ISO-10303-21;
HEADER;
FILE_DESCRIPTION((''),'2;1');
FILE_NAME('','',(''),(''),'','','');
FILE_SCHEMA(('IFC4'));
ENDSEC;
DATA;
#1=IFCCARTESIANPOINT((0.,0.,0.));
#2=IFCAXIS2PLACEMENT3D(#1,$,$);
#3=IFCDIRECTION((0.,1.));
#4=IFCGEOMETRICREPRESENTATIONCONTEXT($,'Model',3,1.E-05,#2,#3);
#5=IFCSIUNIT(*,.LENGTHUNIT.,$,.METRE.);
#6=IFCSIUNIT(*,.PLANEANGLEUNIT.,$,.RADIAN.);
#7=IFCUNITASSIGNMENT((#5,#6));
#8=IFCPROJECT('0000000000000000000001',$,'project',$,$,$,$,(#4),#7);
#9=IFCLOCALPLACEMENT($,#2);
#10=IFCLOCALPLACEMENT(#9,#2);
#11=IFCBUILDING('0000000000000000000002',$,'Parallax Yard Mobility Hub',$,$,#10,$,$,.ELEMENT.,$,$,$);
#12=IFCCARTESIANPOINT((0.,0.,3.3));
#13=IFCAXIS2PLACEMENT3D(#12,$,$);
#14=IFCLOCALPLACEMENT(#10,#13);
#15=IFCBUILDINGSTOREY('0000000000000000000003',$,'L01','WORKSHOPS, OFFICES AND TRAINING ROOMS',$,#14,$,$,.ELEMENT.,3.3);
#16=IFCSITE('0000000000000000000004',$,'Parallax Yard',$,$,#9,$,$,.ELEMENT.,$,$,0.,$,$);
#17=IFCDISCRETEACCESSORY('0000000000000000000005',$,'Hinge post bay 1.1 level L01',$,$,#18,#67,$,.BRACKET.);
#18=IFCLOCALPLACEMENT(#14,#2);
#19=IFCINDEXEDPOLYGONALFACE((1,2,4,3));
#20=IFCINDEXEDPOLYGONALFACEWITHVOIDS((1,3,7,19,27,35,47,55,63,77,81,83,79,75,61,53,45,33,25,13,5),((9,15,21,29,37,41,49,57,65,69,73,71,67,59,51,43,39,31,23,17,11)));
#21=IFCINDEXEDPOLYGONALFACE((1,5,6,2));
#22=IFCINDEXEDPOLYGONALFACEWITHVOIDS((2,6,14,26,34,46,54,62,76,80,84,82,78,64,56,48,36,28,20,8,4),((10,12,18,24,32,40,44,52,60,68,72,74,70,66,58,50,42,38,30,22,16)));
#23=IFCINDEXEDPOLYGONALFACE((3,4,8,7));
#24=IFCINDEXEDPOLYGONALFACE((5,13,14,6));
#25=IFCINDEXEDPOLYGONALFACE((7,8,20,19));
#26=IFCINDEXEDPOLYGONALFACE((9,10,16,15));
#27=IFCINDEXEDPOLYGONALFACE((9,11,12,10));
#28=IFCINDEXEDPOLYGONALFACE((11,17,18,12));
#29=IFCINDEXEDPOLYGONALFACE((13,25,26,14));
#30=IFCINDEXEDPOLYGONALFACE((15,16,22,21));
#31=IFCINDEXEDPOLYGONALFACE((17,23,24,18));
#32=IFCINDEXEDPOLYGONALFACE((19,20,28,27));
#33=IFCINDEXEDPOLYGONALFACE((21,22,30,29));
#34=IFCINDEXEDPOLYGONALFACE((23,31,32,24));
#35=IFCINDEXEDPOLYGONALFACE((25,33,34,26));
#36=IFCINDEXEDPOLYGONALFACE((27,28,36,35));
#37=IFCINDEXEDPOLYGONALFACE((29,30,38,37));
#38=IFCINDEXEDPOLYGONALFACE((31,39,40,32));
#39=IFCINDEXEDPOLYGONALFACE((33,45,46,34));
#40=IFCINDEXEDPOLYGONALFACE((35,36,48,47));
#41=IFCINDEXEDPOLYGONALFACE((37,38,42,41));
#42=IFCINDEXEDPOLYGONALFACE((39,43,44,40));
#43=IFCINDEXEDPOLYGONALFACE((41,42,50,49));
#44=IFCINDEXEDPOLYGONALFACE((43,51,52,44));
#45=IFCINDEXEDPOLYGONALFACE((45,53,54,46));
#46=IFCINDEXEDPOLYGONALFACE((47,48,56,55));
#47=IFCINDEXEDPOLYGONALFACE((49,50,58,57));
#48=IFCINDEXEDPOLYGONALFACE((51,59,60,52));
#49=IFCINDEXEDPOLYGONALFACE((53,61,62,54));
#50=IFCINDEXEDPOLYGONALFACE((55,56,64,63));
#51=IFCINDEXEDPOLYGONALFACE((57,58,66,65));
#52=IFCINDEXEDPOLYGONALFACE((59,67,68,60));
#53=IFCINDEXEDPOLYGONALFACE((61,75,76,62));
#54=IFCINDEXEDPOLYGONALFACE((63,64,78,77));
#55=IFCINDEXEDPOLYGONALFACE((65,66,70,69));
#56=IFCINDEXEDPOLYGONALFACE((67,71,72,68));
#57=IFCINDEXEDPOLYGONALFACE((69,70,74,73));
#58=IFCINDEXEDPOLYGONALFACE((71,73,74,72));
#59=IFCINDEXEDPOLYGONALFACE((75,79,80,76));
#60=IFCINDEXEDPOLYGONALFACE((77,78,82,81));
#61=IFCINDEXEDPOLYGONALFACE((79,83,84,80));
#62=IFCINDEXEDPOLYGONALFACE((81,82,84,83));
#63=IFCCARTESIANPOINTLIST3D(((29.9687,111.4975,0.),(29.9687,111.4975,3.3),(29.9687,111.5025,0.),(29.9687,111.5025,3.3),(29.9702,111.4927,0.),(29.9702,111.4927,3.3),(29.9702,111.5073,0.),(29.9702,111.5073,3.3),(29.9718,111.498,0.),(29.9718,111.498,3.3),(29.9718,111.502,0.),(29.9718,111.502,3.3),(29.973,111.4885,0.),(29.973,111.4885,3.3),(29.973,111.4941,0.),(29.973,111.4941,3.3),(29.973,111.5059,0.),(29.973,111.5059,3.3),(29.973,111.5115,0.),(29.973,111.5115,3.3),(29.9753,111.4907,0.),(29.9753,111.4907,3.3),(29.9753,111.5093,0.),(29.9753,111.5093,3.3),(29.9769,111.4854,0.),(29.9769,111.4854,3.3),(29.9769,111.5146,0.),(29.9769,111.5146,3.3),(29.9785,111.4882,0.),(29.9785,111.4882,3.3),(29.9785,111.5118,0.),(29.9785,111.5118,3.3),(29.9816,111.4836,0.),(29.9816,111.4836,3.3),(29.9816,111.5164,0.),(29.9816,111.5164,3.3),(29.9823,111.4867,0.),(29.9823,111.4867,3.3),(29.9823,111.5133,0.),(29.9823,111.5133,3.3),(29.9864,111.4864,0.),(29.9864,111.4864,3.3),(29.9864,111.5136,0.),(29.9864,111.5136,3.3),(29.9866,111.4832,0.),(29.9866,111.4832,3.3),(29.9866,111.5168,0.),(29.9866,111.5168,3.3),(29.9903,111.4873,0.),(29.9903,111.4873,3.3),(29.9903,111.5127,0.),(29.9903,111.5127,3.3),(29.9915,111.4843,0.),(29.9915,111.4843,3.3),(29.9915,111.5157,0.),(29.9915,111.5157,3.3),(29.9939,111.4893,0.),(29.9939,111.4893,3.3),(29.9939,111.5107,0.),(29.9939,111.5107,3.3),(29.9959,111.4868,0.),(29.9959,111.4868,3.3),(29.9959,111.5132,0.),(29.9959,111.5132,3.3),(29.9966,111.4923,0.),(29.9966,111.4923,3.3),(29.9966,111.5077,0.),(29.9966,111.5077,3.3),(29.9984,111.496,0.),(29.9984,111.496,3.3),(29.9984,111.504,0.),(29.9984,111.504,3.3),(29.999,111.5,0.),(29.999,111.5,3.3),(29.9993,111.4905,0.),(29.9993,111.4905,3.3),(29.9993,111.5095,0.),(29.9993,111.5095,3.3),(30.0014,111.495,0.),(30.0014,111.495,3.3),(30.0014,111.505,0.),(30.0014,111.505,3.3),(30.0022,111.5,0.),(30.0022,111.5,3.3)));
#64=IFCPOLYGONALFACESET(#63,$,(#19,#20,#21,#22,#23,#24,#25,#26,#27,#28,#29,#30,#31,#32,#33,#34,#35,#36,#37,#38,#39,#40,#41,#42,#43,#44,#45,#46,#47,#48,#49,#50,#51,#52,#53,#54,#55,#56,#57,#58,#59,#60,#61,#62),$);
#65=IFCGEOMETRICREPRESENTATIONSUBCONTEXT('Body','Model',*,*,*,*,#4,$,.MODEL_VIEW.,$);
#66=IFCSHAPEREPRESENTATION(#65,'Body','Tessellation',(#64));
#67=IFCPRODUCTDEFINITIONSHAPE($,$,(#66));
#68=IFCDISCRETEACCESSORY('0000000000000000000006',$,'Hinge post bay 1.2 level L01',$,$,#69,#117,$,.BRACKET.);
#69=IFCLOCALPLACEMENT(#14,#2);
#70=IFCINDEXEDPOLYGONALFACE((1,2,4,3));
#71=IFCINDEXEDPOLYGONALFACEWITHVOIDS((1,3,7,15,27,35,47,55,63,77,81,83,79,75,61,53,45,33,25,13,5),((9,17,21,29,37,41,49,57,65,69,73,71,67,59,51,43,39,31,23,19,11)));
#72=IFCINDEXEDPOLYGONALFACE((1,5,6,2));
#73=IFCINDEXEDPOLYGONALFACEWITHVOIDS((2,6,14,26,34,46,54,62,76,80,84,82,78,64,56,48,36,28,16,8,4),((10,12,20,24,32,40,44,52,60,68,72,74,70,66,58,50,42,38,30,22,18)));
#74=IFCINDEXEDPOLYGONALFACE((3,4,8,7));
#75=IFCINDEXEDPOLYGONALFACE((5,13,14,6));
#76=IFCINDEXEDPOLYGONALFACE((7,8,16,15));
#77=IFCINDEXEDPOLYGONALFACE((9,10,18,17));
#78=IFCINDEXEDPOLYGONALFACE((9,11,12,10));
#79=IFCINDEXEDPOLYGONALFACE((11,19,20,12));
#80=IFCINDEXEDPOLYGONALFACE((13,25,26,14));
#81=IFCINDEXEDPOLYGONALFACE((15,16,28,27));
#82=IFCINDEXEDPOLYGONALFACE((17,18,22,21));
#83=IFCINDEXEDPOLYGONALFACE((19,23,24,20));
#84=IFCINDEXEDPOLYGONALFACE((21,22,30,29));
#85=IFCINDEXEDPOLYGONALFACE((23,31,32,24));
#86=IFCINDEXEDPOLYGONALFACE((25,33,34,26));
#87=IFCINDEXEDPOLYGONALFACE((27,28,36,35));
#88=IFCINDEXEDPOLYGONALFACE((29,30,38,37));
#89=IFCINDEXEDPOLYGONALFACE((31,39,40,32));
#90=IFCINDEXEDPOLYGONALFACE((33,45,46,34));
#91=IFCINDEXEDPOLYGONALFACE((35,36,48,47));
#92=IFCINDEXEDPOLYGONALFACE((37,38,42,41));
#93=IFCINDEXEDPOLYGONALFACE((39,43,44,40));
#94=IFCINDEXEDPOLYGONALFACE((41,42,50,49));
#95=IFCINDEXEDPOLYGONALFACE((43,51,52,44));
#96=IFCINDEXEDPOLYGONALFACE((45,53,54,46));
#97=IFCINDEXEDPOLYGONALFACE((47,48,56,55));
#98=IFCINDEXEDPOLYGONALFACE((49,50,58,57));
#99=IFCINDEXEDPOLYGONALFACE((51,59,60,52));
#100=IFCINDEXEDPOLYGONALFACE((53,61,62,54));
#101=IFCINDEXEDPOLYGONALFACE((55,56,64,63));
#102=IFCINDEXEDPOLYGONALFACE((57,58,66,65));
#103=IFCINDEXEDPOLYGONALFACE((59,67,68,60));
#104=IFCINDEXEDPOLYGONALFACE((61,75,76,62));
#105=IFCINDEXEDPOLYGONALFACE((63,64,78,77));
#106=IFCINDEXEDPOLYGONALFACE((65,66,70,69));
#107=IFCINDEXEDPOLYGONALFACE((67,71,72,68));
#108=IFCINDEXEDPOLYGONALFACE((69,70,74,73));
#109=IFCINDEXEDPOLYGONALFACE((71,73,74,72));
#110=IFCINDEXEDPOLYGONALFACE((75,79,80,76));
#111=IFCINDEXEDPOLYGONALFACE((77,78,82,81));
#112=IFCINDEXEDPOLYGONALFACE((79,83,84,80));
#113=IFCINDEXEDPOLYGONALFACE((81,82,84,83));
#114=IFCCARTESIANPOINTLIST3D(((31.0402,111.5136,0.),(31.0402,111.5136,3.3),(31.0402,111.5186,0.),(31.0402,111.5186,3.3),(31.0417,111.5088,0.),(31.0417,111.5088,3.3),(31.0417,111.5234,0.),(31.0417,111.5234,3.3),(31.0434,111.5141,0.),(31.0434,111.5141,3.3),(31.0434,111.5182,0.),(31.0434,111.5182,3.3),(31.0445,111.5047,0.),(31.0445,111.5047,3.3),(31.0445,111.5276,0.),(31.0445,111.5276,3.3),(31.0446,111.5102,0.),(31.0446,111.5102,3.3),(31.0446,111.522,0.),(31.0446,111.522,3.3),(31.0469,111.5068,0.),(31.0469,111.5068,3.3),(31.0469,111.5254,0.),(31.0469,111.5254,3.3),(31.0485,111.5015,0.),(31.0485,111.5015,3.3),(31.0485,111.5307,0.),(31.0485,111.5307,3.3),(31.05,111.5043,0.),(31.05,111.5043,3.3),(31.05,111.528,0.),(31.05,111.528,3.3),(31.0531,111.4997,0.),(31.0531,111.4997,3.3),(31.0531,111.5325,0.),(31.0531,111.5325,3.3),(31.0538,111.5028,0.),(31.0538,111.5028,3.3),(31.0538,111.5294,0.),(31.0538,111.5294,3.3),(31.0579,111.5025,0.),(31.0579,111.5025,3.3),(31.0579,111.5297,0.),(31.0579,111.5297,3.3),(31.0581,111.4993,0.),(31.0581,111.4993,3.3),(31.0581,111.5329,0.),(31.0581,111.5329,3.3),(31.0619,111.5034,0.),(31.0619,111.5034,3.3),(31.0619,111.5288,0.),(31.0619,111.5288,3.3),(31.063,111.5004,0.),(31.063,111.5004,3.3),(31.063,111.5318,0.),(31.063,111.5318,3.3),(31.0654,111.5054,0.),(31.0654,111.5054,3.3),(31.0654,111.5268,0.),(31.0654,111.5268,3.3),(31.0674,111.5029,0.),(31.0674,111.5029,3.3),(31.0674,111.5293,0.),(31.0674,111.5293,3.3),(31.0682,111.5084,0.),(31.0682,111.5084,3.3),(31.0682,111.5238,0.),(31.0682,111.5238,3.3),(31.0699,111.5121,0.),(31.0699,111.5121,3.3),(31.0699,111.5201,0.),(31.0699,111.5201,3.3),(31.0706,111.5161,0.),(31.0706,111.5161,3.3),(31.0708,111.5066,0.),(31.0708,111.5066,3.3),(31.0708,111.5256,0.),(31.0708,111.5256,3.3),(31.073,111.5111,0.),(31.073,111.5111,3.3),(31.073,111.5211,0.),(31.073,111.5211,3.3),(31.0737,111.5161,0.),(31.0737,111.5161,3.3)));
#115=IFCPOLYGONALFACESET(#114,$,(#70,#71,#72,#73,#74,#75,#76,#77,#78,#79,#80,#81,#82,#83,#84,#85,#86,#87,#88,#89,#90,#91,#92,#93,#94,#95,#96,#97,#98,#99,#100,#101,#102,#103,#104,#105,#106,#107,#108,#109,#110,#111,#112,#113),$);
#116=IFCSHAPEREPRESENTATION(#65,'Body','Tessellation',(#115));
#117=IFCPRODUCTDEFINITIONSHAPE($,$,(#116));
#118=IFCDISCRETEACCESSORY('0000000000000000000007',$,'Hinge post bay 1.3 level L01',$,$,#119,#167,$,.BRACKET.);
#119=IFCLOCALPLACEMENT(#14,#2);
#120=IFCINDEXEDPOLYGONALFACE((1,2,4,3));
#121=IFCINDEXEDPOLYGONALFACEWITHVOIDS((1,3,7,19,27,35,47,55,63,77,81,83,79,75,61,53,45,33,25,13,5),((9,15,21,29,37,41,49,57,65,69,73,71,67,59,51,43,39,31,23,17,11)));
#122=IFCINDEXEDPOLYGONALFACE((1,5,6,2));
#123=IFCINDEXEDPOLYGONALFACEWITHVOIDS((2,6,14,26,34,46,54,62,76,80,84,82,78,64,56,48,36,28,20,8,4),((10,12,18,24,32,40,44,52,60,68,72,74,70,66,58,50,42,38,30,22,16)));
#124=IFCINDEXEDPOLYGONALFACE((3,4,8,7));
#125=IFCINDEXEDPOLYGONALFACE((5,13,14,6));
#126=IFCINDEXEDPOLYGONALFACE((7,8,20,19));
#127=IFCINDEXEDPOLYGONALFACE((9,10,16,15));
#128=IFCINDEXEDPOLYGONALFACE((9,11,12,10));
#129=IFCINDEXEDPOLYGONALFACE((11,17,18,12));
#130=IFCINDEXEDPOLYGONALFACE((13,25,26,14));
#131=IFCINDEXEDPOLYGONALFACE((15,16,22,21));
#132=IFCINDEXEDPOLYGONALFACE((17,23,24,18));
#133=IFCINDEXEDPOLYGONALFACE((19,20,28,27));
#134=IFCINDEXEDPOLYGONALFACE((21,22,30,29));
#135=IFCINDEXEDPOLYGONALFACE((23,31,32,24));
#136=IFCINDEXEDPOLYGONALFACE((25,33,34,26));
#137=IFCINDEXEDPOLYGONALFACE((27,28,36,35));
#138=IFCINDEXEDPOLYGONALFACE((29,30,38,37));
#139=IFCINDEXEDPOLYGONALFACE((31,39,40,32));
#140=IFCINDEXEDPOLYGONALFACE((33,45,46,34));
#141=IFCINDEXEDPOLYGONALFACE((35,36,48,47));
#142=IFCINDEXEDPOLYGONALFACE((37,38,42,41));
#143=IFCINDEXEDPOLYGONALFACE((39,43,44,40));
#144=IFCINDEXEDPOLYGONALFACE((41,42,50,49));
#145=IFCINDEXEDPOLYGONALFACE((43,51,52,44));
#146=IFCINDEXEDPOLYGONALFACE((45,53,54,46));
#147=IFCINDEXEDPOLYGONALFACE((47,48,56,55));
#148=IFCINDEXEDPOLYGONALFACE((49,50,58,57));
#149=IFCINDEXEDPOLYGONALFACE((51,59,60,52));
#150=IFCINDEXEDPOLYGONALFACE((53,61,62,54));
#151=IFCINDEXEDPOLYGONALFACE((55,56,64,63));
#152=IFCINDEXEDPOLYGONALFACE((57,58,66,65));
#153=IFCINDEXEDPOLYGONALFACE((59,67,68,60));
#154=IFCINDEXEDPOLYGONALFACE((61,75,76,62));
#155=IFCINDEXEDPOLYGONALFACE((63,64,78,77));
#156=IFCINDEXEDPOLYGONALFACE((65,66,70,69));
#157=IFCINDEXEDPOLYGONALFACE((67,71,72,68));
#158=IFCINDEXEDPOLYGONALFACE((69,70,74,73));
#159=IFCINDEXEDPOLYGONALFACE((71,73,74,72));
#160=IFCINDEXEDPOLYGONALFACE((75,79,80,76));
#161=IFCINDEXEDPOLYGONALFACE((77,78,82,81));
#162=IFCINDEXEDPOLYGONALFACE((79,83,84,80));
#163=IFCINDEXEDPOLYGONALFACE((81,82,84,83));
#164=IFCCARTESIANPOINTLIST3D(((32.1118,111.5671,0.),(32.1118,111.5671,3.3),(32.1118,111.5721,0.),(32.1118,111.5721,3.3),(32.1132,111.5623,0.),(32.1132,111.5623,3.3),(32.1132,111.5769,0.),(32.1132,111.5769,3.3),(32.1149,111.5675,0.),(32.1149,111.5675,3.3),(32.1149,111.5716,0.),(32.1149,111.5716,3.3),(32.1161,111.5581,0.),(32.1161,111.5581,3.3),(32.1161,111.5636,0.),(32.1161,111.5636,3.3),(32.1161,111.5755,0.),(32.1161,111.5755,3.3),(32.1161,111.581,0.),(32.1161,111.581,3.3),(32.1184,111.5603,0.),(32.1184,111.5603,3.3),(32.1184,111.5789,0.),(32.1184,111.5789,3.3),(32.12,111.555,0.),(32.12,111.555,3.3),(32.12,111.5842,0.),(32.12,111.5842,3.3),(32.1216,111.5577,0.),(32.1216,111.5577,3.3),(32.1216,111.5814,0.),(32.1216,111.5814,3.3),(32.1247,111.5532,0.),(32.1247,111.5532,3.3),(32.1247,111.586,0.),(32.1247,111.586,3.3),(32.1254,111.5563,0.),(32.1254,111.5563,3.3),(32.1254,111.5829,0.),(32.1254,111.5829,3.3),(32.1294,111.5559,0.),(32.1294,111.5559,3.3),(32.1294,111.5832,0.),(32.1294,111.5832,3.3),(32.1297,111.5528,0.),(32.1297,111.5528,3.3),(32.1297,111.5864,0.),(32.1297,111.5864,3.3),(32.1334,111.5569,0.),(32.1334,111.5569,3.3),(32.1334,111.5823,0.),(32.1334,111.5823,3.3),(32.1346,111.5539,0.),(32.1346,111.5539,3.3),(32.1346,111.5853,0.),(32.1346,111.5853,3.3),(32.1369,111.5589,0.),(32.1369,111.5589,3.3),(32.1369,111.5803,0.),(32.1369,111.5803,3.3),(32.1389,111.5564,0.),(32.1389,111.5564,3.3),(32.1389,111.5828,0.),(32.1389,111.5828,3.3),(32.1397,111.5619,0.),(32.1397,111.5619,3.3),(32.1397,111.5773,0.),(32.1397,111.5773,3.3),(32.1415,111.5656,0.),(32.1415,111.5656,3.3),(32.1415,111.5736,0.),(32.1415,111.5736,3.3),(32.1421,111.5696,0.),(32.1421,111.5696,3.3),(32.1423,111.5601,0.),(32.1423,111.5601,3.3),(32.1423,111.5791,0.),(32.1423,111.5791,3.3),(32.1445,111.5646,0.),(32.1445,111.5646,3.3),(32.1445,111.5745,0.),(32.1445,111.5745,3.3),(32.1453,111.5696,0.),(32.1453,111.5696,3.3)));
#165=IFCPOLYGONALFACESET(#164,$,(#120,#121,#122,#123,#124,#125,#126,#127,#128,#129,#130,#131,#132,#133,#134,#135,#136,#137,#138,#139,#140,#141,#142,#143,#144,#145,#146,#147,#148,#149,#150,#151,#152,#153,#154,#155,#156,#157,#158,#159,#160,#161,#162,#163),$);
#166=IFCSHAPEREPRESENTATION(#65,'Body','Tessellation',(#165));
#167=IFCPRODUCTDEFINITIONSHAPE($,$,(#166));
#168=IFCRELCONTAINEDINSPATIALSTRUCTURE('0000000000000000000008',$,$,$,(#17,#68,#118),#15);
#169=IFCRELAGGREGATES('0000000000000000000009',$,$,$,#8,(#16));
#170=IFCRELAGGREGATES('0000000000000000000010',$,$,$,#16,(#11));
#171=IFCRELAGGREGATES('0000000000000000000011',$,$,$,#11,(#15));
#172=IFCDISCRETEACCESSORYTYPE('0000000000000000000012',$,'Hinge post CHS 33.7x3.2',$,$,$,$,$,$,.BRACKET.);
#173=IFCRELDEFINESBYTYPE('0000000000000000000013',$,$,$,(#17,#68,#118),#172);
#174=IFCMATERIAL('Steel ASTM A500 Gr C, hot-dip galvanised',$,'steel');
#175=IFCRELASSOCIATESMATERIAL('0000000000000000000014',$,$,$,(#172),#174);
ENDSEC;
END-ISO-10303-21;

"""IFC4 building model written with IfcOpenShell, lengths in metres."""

from ifc_helpers import new_model, si_unit, direction, frame, origin, origin_2d, place, context, subcontext, project, spatial, hollow_circle, extrude, material, material_profile, profile_set, type_object, element, save


model = new_model("IFC4")

# Units and contexts
model_context = context("Model", 3, precision=1e-05, world=origin(), true_north=direction((0.0, 1.0)))
body_context = subcontext(model_context, "Body", "Model", "MODEL_VIEW")
ifc_project = project(units=[si_unit("LENGTHUNIT", "METRE"), si_unit("PLANEANGLEUNIT", "RADIAN")], contexts=[model_context])

# Site, building, storey
site_placement = place(None, origin())
site = spatial("IfcSite", under=ifc_project, at=site_placement, Name="Parallax Yard", CompositionType="ELEMENT", RefElevation=0.0)
building_placement = place(site_placement, origin())
building = spatial("IfcBuilding", under=site, at=building_placement, Name="Parallax Yard Mobility Hub", CompositionType="ELEMENT")
storey_placement = place(building_placement, frame((0.0, 0.0, 3.3)))
storey = spatial("IfcBuildingStorey", under=building, at=storey_placement, Name="L01", Description="WORKSHOPS, OFFICES AND TRAINING ROOMS", CompositionType="ELEMENT", Elevation=3.3)

# Discrete accessories
ifc_material_1 = material(Name="Steel ASTM A500 Gr C, hot-dip galvanised", Category="steel")
ifc_material_profile = material_profile(ifc_material_1, hollow_circle(Radius=0.0168, WallThickness=0.0032, at=origin_2d()), Name="CHS 33.7x3.2")
ifc_profile_set = profile_set([ifc_material_profile], Name="Steel ASTM A500 Gr C, hot-dip galvanised")
discrete_accessory_type = type_object("IfcDiscreteAccessoryType", Name="Hinge post CHS 33.7x3.2", PredefinedType="BRACKET", material=ifc_profile_set)
for number, where, z_axis, x_axis, name in (
    (1, (29.9854, 111.5, 0.0), (0.0, 0.0, 1.0), (1.0, 0.0, 0.0), "Hinge post bay 1.1 level L01"),
    (2, (31.0569, 111.5161, 0.0), (0.0, 0.0, 1.0), (1.0, 0.0, 0.0), "Hinge post bay 1.2 level L01"),
    (3, (32.1284, 111.5696, 0.0), (0.0, 0.0, 1.0), (1.0, 0.0, 0.0), "Hinge post bay 1.3 level L01"),
):
    element("IfcDiscreteAccessory", number, at=place(storey_placement, frame(where, z_axis=z_axis, x_axis=x_axis)), inside=storey, type_object=discrete_accessory_type, Name=name, PredefinedType="BRACKET", context=body_context, shape_type="SweptSolid", body=[
        extrude(hollow_circle(Radius=0.0168, WallThickness=0.0032, at=origin_2d()), origin(), (0.0, 0.0, 1.0), 3.3),
    ])

save(model, "model.ifc")
